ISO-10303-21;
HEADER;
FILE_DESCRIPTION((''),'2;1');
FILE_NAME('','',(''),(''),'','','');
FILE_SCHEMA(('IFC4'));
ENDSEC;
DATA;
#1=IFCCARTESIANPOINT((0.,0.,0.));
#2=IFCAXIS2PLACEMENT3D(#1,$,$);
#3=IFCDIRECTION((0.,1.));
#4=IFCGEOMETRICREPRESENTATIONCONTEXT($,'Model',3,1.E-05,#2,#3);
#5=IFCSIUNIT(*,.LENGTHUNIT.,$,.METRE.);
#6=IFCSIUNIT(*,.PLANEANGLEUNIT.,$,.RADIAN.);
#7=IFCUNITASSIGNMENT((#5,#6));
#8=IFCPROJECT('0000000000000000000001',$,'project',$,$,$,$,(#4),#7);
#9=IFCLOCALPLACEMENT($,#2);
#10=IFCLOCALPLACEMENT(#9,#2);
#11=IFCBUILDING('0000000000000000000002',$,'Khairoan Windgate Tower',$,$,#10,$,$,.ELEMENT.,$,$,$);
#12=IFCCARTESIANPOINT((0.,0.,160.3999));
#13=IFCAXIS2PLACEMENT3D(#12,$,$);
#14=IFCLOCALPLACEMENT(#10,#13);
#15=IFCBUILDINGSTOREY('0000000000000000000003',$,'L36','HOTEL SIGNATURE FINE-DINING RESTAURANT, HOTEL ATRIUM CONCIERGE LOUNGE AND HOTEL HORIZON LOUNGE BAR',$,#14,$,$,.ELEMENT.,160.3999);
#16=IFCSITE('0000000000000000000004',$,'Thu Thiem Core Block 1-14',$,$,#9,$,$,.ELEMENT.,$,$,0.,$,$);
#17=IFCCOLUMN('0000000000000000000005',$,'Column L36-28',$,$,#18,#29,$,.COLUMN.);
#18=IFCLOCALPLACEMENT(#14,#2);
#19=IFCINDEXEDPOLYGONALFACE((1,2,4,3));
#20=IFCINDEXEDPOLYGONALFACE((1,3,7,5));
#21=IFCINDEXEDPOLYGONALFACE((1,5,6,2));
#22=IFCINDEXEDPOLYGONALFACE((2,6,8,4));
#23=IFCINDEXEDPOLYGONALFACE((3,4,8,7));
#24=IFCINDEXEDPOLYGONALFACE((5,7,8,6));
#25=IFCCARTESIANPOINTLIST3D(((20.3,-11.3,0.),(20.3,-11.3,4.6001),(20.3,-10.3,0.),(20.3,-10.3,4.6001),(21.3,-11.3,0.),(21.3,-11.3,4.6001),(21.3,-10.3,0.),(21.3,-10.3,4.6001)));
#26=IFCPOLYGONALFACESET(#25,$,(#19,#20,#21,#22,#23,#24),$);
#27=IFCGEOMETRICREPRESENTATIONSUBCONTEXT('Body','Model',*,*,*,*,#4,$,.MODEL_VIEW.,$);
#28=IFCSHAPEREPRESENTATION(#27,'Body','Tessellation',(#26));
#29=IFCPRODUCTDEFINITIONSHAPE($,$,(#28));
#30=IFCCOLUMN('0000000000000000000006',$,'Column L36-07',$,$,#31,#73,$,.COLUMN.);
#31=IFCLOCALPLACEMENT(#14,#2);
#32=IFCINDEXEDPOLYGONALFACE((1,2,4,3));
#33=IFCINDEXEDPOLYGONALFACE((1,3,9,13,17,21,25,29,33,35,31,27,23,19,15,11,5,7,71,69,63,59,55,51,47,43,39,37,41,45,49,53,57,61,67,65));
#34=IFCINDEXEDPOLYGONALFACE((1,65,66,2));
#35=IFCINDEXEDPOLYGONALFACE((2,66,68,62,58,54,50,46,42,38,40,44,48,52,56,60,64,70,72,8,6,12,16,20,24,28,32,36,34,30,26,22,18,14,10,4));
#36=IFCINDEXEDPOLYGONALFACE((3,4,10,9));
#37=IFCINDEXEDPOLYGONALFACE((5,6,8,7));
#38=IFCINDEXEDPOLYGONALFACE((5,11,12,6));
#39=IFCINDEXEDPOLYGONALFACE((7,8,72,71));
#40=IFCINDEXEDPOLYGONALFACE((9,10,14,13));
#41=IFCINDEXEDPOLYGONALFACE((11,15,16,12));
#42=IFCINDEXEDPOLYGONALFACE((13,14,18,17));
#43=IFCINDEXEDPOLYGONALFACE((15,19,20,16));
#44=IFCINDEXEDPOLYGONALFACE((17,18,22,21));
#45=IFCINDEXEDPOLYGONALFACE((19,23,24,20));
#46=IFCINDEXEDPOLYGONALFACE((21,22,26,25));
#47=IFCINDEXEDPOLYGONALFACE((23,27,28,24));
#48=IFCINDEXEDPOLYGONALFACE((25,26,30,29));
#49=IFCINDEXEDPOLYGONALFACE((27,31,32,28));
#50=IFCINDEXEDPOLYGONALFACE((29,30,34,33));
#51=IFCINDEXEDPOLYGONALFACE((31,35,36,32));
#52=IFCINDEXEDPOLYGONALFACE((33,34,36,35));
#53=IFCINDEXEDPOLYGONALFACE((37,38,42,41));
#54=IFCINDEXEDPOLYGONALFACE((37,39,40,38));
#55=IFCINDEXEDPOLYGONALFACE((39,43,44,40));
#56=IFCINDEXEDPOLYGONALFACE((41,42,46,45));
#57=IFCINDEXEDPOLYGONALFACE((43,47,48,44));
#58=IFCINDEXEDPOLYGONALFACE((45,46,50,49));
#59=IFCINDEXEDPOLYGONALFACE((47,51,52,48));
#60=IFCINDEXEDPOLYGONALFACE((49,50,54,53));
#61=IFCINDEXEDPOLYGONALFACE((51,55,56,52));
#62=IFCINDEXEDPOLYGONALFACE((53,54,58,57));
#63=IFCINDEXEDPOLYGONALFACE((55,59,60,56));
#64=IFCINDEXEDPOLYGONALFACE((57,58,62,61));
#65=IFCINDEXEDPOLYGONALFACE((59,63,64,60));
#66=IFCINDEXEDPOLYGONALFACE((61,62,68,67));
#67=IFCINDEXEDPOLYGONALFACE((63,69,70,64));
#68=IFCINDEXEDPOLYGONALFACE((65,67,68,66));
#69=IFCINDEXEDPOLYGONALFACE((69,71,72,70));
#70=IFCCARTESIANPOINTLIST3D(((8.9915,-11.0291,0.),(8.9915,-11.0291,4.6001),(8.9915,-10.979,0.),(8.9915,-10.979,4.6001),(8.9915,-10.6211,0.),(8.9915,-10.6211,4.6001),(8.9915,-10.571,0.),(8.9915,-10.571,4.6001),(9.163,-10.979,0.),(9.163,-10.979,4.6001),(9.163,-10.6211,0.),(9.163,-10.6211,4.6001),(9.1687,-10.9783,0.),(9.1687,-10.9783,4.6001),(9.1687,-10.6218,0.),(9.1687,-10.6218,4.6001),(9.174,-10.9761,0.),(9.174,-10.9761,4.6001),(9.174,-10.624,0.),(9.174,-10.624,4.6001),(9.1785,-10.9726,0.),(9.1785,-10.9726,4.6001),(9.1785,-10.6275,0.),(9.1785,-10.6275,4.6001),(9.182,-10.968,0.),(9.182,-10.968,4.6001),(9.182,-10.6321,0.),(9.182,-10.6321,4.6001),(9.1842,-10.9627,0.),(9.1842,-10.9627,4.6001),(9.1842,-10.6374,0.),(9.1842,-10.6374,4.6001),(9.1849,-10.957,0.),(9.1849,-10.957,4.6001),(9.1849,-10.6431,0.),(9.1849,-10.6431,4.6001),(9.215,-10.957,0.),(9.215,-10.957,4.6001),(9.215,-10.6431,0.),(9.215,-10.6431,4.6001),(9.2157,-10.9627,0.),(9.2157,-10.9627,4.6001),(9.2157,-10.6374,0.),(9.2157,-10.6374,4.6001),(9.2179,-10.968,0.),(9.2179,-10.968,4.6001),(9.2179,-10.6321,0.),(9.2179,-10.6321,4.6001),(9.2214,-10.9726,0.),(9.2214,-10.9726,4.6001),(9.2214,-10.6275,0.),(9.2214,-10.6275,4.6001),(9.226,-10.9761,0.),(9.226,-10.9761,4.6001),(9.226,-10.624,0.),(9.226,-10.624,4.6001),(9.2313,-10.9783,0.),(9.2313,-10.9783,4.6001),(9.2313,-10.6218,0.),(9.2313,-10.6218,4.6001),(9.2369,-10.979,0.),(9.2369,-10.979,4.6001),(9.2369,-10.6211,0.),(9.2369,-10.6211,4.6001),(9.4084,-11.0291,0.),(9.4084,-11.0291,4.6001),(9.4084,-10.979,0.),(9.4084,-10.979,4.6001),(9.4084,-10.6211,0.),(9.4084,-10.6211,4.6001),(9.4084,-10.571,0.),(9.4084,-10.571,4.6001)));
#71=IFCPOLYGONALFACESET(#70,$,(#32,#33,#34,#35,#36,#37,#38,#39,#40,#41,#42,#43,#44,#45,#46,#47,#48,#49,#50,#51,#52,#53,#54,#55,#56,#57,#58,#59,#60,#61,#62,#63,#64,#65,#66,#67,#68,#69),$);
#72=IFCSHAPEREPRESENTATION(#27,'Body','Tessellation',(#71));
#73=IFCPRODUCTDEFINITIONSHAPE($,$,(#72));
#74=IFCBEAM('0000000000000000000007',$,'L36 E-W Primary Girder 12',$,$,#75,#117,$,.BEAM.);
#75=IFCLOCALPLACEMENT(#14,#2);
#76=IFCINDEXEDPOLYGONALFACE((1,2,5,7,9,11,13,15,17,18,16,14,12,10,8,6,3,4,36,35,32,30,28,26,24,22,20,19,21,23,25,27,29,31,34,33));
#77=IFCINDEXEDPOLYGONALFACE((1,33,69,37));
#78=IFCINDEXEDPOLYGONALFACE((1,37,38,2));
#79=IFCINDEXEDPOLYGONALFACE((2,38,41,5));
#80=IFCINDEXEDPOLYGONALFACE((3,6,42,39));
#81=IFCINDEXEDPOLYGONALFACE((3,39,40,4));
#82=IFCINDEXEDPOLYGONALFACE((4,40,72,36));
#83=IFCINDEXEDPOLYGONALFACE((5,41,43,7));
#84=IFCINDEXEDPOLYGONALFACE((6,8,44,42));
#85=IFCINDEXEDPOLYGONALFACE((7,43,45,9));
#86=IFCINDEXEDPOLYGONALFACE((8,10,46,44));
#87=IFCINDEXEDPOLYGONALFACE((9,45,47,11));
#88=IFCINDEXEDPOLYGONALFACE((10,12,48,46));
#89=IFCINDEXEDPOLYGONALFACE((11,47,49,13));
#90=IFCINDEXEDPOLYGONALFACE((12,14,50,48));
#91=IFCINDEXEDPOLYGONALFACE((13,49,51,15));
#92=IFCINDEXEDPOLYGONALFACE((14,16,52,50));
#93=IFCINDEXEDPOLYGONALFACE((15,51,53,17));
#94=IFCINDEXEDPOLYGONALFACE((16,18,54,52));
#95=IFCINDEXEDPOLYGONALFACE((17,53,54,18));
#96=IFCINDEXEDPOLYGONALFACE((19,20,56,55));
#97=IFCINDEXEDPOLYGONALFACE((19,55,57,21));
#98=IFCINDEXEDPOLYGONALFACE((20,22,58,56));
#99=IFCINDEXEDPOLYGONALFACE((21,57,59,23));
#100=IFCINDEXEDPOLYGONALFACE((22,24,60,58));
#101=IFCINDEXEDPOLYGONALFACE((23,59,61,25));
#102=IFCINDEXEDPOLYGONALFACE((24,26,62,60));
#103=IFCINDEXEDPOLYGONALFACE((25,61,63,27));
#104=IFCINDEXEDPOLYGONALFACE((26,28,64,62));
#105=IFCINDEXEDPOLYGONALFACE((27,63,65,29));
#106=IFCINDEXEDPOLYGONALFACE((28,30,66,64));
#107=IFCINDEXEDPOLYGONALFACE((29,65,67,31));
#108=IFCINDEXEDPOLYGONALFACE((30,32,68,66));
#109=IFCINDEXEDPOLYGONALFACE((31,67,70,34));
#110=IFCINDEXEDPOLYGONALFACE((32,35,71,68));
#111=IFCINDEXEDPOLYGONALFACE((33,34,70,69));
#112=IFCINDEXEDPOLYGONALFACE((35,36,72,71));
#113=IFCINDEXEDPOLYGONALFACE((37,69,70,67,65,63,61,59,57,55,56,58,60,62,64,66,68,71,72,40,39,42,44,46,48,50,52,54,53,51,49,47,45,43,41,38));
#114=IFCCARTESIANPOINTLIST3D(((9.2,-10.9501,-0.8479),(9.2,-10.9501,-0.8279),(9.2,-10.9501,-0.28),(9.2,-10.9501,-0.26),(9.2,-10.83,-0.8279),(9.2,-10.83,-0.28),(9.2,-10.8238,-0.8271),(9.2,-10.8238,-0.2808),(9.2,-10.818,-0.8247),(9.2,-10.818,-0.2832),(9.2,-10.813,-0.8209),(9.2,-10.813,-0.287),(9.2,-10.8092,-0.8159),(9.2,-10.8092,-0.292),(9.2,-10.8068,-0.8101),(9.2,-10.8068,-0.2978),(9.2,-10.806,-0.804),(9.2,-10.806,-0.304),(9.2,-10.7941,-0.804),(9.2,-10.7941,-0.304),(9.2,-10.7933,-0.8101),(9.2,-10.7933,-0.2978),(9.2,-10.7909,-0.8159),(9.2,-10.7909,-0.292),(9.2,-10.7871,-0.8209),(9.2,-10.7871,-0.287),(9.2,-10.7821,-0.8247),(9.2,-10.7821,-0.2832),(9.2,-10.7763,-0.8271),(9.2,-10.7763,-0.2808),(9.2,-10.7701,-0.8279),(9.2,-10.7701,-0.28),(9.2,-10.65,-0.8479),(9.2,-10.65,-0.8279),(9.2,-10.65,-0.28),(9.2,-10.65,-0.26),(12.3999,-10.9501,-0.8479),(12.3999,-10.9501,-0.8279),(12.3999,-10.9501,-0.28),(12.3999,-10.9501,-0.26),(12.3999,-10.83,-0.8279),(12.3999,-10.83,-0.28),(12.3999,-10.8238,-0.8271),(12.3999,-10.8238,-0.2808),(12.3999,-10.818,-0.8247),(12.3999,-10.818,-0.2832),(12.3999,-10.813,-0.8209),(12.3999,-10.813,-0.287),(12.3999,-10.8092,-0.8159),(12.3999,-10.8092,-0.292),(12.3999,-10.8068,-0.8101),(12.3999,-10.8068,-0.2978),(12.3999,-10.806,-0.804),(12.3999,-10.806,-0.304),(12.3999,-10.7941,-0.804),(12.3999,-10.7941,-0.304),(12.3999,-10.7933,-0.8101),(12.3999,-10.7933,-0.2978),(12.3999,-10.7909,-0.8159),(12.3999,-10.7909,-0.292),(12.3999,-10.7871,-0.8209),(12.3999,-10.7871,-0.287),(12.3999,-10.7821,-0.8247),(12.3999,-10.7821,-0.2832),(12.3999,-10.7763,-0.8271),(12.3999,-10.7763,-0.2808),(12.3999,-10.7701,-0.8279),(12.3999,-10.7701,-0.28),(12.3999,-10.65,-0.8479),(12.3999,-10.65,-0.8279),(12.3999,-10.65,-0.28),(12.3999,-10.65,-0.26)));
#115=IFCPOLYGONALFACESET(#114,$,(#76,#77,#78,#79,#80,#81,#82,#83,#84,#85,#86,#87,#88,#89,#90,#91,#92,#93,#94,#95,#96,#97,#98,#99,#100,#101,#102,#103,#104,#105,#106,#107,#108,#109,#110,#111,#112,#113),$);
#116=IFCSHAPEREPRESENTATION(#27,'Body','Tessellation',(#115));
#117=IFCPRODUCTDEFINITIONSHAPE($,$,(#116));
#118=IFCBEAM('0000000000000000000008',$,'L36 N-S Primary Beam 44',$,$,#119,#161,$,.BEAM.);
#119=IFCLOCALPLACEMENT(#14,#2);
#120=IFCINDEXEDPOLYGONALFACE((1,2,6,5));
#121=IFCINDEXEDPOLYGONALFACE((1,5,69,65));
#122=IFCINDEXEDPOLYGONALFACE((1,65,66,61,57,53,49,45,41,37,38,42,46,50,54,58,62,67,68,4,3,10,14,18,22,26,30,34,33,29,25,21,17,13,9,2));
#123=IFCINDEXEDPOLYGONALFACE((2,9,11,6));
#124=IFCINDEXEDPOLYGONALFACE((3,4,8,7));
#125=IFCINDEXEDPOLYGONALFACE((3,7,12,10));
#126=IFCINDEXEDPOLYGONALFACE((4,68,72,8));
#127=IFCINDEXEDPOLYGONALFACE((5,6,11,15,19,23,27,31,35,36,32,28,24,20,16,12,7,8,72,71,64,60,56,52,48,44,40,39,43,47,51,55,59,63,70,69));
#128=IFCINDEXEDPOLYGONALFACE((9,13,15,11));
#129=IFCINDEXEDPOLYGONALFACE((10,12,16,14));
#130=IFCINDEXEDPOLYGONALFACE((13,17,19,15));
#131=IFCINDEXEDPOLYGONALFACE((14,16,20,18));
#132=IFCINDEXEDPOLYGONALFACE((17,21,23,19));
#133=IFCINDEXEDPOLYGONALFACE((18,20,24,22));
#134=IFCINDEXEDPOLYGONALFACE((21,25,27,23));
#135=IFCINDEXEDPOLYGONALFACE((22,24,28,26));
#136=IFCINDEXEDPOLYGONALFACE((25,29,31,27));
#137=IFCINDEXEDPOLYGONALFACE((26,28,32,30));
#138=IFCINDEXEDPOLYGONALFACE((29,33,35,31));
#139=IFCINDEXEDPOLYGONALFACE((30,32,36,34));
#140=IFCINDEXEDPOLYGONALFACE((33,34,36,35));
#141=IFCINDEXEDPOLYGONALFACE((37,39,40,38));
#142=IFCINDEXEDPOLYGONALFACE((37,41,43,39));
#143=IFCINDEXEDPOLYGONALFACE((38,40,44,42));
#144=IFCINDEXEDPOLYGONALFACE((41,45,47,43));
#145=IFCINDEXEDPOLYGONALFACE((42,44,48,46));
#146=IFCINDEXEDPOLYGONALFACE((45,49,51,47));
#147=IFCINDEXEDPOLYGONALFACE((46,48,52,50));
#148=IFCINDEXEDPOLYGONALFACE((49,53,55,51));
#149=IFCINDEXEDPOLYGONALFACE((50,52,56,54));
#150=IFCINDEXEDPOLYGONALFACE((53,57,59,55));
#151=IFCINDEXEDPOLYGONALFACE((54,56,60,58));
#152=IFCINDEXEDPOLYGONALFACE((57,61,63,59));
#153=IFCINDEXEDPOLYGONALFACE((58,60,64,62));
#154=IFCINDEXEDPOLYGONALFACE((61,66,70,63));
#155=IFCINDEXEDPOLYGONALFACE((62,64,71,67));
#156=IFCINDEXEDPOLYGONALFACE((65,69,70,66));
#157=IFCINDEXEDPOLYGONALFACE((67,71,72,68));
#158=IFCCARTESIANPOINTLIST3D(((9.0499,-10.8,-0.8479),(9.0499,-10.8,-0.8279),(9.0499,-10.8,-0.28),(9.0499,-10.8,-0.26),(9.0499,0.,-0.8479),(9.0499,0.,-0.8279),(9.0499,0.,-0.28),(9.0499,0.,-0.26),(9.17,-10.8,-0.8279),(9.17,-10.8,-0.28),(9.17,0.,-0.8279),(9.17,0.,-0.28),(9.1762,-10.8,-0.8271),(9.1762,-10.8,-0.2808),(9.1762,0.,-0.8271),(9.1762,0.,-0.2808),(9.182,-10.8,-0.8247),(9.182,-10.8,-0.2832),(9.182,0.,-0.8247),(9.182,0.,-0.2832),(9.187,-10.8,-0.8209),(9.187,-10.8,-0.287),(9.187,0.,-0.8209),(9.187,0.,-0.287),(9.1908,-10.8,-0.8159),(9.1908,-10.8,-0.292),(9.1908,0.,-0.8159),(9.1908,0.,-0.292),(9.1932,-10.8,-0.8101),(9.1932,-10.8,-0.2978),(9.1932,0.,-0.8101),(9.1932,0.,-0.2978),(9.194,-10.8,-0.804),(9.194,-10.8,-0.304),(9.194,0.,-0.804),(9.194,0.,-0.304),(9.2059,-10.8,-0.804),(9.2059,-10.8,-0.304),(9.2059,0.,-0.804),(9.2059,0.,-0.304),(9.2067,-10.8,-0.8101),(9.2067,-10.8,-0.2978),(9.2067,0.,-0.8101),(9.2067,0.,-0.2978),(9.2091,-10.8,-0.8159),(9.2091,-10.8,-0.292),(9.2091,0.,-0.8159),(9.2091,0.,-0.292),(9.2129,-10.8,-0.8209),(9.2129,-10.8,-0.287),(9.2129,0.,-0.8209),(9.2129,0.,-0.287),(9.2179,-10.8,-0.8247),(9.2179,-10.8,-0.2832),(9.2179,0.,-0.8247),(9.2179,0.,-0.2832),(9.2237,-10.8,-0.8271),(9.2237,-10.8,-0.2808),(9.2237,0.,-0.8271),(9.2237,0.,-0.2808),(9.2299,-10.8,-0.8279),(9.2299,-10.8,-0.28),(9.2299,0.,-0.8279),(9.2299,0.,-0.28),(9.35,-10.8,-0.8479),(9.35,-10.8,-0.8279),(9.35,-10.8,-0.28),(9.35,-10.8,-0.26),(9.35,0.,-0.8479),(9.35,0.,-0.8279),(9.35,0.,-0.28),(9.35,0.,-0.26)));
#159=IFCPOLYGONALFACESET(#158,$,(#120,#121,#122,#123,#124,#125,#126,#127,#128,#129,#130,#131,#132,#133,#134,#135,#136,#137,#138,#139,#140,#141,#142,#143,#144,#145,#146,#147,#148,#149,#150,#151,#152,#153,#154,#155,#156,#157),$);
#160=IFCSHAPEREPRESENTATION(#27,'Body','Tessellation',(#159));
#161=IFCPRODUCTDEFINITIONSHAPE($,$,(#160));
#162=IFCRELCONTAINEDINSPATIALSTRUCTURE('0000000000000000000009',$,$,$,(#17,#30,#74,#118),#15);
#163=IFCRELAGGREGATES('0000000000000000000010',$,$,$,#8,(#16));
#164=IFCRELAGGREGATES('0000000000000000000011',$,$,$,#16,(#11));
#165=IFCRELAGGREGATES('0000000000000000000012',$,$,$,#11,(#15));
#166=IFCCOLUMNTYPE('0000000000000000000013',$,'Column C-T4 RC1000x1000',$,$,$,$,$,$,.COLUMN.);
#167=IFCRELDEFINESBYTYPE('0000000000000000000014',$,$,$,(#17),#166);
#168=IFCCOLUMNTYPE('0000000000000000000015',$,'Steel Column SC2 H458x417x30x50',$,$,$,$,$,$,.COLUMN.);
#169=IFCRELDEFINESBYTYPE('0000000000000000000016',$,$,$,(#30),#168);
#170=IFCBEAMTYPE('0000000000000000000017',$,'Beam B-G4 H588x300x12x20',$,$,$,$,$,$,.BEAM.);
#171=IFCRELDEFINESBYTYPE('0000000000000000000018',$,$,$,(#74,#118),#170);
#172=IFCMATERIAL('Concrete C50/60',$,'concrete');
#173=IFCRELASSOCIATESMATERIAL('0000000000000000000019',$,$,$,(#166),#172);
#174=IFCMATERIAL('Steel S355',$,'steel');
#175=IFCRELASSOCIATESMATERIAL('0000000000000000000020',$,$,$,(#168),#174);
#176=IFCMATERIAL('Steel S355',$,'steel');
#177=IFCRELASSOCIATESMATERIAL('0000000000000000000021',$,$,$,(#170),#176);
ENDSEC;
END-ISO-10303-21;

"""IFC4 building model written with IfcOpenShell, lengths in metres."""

from ifc_helpers import new_model, si_unit, direction, frame, origin, origin_2d, place, context, subcontext, project, spatial, rectangle, i_section, extrude, material, material_profile, profile_set, type_object, element, save


model = new_model("IFC4")

# Units and contexts
model_context = context("Model", 3, precision=1e-05, world=origin(), true_north=direction((0.0, 1.0)))
body_context = subcontext(model_context, "Body", "Model", "MODEL_VIEW")
ifc_project = project(units=[si_unit("LENGTHUNIT", "METRE"), si_unit("PLANEANGLEUNIT", "RADIAN")], contexts=[model_context])

# Site, building, storey
site_placement = place(None, origin())
site = spatial("IfcSite", under=ifc_project, at=site_placement, Name="Thu Thiem Core Block 1-14", CompositionType="ELEMENT", RefElevation=0.0)
building_placement = place(site_placement, origin())
building = spatial("IfcBuilding", under=site, at=building_placement, Name="Khairoan Windgate Tower", CompositionType="ELEMENT")
storey_placement = place(building_placement, frame((0.0, 0.0, 160.3999)))
storey = spatial("IfcBuildingStorey", under=building, at=storey_placement, Name="L36", Description="HOTEL SIGNATURE FINE-DINING RESTAURANT, HOTEL ATRIUM CONCIERGE LOUNGE AND HOTEL HORIZON LOUNGE BAR", CompositionType="ELEMENT", Elevation=160.3999)

# Columns
ifc_material_1 = material(Name="Concrete C50/60", Category="concrete")
ifc_material_profile_1 = material_profile(ifc_material_1, rectangle(XDim=1.0, YDim=1.0, at=origin_2d()))
ifc_profile_set_1 = profile_set([ifc_material_profile_1], Name="Concrete C50/60")
column_type_1 = type_object("IfcColumnType", Name="Column C-T4 RC1000x1000", PredefinedType="COLUMN", material=ifc_profile_set_1)
column_1_placement = place(storey_placement, frame((20.8, -10.8, 0.0), z_axis=(0.0, 0.0, 1.0), x_axis=(1.0, 0.0, 0.0)))
element("IfcColumn", 1, at=column_1_placement, inside=storey, type_object=column_type_1, Name="Column L36-28", PredefinedType="COLUMN", context=body_context, shape_type="SweptSolid", body=[
    extrude(rectangle(XDim=1.0, YDim=1.0, at=origin_2d()), origin(), (0.0, 0.0, 1.0), 4.6001),
])
ifc_material_2 = material(Name="Steel S355", Category="steel")
ifc_material_profile_2 = material_profile(ifc_material_2, i_section(OverallWidth=0.417, OverallDepth=0.458, WebThickness=0.03, FlangeThickness=0.05, FilletRadius=0.022, at=origin_2d()))
ifc_profile_set_2 = profile_set([ifc_material_profile_2], Name="Steel S355")
column_type_2 = type_object("IfcColumnType", Name="Steel Column SC2 H458x417x30x50", PredefinedType="COLUMN", material=ifc_profile_set_2)
column_2_placement = place(storey_placement, frame((9.2, -10.8, 0.0), z_axis=(0.0, 0.0, 1.0), x_axis=(1.0, 0.0, 0.0)))
element("IfcColumn", 2, at=column_2_placement, inside=storey, type_object=column_type_2, Name="Column L36-07", PredefinedType="COLUMN", context=body_context, shape_type="SweptSolid", body=[
    extrude(i_section(OverallWidth=0.417, OverallDepth=0.458, WebThickness=0.03, FlangeThickness=0.05, FilletRadius=0.022, at=origin_2d()), origin(), (0.0, 0.0, 1.0), 4.6001),
])

# Beams
ifc_material_3 = material(Name="Steel S355", Category="steel")
ifc_material_profile_3 = material_profile(ifc_material_3, i_section(OverallWidth=0.3, OverallDepth=0.5879, WebThickness=0.012, FlangeThickness=0.02, FilletRadius=0.0239, at=origin_2d()))
ifc_profile_set_3 = profile_set([ifc_material_profile_3], Name="Steel S355")
beam_type_1 = type_object("IfcBeamType", Name="Beam B-G4 H588x300x12x20", PredefinedType="BEAM", material=ifc_profile_set_3)
beam_1_placement = place(storey_placement, frame((9.2, -10.8, -0.554), z_axis=(1.0, 0.0, 0.0), x_axis=(0.0, 1.0, 0.0)))
element("IfcBeam", 3, at=beam_1_placement, inside=storey, type_object=beam_type_1, Name="L36 E-W Primary Girder 12", PredefinedType="BEAM", context=body_context, shape_type="SweptSolid", body=[
    extrude(i_section(OverallWidth=0.3, OverallDepth=0.5879, WebThickness=0.012, FlangeThickness=0.02, FilletRadius=0.0239, at=origin_2d()), origin(), (0.0, 0.0, 1.0), 3.2),
])
for number, where, z_axis, x_axis, name in (
    (4, (9.2, -10.8, -0.554), (0.0, 1.0, 0.0), (-1.0, 0.0, 0.0), "L36 N-S Primary Beam 44"),
):
    element("IfcBeam", number, at=place(storey_placement, frame(where, z_axis=z_axis, x_axis=x_axis)), inside=storey, type_object=beam_type_1, Name=name, PredefinedType="BEAM", context=body_context, shape_type="SweptSolid", body=[
        extrude(i_section(OverallWidth=0.3, OverallDepth=0.5879, WebThickness=0.012, FlangeThickness=0.02, FilletRadius=0.0239, at=origin_2d()), origin(), (0.0, 0.0, 1.0), 10.8),
    ])

save(model, "model.ifc")
